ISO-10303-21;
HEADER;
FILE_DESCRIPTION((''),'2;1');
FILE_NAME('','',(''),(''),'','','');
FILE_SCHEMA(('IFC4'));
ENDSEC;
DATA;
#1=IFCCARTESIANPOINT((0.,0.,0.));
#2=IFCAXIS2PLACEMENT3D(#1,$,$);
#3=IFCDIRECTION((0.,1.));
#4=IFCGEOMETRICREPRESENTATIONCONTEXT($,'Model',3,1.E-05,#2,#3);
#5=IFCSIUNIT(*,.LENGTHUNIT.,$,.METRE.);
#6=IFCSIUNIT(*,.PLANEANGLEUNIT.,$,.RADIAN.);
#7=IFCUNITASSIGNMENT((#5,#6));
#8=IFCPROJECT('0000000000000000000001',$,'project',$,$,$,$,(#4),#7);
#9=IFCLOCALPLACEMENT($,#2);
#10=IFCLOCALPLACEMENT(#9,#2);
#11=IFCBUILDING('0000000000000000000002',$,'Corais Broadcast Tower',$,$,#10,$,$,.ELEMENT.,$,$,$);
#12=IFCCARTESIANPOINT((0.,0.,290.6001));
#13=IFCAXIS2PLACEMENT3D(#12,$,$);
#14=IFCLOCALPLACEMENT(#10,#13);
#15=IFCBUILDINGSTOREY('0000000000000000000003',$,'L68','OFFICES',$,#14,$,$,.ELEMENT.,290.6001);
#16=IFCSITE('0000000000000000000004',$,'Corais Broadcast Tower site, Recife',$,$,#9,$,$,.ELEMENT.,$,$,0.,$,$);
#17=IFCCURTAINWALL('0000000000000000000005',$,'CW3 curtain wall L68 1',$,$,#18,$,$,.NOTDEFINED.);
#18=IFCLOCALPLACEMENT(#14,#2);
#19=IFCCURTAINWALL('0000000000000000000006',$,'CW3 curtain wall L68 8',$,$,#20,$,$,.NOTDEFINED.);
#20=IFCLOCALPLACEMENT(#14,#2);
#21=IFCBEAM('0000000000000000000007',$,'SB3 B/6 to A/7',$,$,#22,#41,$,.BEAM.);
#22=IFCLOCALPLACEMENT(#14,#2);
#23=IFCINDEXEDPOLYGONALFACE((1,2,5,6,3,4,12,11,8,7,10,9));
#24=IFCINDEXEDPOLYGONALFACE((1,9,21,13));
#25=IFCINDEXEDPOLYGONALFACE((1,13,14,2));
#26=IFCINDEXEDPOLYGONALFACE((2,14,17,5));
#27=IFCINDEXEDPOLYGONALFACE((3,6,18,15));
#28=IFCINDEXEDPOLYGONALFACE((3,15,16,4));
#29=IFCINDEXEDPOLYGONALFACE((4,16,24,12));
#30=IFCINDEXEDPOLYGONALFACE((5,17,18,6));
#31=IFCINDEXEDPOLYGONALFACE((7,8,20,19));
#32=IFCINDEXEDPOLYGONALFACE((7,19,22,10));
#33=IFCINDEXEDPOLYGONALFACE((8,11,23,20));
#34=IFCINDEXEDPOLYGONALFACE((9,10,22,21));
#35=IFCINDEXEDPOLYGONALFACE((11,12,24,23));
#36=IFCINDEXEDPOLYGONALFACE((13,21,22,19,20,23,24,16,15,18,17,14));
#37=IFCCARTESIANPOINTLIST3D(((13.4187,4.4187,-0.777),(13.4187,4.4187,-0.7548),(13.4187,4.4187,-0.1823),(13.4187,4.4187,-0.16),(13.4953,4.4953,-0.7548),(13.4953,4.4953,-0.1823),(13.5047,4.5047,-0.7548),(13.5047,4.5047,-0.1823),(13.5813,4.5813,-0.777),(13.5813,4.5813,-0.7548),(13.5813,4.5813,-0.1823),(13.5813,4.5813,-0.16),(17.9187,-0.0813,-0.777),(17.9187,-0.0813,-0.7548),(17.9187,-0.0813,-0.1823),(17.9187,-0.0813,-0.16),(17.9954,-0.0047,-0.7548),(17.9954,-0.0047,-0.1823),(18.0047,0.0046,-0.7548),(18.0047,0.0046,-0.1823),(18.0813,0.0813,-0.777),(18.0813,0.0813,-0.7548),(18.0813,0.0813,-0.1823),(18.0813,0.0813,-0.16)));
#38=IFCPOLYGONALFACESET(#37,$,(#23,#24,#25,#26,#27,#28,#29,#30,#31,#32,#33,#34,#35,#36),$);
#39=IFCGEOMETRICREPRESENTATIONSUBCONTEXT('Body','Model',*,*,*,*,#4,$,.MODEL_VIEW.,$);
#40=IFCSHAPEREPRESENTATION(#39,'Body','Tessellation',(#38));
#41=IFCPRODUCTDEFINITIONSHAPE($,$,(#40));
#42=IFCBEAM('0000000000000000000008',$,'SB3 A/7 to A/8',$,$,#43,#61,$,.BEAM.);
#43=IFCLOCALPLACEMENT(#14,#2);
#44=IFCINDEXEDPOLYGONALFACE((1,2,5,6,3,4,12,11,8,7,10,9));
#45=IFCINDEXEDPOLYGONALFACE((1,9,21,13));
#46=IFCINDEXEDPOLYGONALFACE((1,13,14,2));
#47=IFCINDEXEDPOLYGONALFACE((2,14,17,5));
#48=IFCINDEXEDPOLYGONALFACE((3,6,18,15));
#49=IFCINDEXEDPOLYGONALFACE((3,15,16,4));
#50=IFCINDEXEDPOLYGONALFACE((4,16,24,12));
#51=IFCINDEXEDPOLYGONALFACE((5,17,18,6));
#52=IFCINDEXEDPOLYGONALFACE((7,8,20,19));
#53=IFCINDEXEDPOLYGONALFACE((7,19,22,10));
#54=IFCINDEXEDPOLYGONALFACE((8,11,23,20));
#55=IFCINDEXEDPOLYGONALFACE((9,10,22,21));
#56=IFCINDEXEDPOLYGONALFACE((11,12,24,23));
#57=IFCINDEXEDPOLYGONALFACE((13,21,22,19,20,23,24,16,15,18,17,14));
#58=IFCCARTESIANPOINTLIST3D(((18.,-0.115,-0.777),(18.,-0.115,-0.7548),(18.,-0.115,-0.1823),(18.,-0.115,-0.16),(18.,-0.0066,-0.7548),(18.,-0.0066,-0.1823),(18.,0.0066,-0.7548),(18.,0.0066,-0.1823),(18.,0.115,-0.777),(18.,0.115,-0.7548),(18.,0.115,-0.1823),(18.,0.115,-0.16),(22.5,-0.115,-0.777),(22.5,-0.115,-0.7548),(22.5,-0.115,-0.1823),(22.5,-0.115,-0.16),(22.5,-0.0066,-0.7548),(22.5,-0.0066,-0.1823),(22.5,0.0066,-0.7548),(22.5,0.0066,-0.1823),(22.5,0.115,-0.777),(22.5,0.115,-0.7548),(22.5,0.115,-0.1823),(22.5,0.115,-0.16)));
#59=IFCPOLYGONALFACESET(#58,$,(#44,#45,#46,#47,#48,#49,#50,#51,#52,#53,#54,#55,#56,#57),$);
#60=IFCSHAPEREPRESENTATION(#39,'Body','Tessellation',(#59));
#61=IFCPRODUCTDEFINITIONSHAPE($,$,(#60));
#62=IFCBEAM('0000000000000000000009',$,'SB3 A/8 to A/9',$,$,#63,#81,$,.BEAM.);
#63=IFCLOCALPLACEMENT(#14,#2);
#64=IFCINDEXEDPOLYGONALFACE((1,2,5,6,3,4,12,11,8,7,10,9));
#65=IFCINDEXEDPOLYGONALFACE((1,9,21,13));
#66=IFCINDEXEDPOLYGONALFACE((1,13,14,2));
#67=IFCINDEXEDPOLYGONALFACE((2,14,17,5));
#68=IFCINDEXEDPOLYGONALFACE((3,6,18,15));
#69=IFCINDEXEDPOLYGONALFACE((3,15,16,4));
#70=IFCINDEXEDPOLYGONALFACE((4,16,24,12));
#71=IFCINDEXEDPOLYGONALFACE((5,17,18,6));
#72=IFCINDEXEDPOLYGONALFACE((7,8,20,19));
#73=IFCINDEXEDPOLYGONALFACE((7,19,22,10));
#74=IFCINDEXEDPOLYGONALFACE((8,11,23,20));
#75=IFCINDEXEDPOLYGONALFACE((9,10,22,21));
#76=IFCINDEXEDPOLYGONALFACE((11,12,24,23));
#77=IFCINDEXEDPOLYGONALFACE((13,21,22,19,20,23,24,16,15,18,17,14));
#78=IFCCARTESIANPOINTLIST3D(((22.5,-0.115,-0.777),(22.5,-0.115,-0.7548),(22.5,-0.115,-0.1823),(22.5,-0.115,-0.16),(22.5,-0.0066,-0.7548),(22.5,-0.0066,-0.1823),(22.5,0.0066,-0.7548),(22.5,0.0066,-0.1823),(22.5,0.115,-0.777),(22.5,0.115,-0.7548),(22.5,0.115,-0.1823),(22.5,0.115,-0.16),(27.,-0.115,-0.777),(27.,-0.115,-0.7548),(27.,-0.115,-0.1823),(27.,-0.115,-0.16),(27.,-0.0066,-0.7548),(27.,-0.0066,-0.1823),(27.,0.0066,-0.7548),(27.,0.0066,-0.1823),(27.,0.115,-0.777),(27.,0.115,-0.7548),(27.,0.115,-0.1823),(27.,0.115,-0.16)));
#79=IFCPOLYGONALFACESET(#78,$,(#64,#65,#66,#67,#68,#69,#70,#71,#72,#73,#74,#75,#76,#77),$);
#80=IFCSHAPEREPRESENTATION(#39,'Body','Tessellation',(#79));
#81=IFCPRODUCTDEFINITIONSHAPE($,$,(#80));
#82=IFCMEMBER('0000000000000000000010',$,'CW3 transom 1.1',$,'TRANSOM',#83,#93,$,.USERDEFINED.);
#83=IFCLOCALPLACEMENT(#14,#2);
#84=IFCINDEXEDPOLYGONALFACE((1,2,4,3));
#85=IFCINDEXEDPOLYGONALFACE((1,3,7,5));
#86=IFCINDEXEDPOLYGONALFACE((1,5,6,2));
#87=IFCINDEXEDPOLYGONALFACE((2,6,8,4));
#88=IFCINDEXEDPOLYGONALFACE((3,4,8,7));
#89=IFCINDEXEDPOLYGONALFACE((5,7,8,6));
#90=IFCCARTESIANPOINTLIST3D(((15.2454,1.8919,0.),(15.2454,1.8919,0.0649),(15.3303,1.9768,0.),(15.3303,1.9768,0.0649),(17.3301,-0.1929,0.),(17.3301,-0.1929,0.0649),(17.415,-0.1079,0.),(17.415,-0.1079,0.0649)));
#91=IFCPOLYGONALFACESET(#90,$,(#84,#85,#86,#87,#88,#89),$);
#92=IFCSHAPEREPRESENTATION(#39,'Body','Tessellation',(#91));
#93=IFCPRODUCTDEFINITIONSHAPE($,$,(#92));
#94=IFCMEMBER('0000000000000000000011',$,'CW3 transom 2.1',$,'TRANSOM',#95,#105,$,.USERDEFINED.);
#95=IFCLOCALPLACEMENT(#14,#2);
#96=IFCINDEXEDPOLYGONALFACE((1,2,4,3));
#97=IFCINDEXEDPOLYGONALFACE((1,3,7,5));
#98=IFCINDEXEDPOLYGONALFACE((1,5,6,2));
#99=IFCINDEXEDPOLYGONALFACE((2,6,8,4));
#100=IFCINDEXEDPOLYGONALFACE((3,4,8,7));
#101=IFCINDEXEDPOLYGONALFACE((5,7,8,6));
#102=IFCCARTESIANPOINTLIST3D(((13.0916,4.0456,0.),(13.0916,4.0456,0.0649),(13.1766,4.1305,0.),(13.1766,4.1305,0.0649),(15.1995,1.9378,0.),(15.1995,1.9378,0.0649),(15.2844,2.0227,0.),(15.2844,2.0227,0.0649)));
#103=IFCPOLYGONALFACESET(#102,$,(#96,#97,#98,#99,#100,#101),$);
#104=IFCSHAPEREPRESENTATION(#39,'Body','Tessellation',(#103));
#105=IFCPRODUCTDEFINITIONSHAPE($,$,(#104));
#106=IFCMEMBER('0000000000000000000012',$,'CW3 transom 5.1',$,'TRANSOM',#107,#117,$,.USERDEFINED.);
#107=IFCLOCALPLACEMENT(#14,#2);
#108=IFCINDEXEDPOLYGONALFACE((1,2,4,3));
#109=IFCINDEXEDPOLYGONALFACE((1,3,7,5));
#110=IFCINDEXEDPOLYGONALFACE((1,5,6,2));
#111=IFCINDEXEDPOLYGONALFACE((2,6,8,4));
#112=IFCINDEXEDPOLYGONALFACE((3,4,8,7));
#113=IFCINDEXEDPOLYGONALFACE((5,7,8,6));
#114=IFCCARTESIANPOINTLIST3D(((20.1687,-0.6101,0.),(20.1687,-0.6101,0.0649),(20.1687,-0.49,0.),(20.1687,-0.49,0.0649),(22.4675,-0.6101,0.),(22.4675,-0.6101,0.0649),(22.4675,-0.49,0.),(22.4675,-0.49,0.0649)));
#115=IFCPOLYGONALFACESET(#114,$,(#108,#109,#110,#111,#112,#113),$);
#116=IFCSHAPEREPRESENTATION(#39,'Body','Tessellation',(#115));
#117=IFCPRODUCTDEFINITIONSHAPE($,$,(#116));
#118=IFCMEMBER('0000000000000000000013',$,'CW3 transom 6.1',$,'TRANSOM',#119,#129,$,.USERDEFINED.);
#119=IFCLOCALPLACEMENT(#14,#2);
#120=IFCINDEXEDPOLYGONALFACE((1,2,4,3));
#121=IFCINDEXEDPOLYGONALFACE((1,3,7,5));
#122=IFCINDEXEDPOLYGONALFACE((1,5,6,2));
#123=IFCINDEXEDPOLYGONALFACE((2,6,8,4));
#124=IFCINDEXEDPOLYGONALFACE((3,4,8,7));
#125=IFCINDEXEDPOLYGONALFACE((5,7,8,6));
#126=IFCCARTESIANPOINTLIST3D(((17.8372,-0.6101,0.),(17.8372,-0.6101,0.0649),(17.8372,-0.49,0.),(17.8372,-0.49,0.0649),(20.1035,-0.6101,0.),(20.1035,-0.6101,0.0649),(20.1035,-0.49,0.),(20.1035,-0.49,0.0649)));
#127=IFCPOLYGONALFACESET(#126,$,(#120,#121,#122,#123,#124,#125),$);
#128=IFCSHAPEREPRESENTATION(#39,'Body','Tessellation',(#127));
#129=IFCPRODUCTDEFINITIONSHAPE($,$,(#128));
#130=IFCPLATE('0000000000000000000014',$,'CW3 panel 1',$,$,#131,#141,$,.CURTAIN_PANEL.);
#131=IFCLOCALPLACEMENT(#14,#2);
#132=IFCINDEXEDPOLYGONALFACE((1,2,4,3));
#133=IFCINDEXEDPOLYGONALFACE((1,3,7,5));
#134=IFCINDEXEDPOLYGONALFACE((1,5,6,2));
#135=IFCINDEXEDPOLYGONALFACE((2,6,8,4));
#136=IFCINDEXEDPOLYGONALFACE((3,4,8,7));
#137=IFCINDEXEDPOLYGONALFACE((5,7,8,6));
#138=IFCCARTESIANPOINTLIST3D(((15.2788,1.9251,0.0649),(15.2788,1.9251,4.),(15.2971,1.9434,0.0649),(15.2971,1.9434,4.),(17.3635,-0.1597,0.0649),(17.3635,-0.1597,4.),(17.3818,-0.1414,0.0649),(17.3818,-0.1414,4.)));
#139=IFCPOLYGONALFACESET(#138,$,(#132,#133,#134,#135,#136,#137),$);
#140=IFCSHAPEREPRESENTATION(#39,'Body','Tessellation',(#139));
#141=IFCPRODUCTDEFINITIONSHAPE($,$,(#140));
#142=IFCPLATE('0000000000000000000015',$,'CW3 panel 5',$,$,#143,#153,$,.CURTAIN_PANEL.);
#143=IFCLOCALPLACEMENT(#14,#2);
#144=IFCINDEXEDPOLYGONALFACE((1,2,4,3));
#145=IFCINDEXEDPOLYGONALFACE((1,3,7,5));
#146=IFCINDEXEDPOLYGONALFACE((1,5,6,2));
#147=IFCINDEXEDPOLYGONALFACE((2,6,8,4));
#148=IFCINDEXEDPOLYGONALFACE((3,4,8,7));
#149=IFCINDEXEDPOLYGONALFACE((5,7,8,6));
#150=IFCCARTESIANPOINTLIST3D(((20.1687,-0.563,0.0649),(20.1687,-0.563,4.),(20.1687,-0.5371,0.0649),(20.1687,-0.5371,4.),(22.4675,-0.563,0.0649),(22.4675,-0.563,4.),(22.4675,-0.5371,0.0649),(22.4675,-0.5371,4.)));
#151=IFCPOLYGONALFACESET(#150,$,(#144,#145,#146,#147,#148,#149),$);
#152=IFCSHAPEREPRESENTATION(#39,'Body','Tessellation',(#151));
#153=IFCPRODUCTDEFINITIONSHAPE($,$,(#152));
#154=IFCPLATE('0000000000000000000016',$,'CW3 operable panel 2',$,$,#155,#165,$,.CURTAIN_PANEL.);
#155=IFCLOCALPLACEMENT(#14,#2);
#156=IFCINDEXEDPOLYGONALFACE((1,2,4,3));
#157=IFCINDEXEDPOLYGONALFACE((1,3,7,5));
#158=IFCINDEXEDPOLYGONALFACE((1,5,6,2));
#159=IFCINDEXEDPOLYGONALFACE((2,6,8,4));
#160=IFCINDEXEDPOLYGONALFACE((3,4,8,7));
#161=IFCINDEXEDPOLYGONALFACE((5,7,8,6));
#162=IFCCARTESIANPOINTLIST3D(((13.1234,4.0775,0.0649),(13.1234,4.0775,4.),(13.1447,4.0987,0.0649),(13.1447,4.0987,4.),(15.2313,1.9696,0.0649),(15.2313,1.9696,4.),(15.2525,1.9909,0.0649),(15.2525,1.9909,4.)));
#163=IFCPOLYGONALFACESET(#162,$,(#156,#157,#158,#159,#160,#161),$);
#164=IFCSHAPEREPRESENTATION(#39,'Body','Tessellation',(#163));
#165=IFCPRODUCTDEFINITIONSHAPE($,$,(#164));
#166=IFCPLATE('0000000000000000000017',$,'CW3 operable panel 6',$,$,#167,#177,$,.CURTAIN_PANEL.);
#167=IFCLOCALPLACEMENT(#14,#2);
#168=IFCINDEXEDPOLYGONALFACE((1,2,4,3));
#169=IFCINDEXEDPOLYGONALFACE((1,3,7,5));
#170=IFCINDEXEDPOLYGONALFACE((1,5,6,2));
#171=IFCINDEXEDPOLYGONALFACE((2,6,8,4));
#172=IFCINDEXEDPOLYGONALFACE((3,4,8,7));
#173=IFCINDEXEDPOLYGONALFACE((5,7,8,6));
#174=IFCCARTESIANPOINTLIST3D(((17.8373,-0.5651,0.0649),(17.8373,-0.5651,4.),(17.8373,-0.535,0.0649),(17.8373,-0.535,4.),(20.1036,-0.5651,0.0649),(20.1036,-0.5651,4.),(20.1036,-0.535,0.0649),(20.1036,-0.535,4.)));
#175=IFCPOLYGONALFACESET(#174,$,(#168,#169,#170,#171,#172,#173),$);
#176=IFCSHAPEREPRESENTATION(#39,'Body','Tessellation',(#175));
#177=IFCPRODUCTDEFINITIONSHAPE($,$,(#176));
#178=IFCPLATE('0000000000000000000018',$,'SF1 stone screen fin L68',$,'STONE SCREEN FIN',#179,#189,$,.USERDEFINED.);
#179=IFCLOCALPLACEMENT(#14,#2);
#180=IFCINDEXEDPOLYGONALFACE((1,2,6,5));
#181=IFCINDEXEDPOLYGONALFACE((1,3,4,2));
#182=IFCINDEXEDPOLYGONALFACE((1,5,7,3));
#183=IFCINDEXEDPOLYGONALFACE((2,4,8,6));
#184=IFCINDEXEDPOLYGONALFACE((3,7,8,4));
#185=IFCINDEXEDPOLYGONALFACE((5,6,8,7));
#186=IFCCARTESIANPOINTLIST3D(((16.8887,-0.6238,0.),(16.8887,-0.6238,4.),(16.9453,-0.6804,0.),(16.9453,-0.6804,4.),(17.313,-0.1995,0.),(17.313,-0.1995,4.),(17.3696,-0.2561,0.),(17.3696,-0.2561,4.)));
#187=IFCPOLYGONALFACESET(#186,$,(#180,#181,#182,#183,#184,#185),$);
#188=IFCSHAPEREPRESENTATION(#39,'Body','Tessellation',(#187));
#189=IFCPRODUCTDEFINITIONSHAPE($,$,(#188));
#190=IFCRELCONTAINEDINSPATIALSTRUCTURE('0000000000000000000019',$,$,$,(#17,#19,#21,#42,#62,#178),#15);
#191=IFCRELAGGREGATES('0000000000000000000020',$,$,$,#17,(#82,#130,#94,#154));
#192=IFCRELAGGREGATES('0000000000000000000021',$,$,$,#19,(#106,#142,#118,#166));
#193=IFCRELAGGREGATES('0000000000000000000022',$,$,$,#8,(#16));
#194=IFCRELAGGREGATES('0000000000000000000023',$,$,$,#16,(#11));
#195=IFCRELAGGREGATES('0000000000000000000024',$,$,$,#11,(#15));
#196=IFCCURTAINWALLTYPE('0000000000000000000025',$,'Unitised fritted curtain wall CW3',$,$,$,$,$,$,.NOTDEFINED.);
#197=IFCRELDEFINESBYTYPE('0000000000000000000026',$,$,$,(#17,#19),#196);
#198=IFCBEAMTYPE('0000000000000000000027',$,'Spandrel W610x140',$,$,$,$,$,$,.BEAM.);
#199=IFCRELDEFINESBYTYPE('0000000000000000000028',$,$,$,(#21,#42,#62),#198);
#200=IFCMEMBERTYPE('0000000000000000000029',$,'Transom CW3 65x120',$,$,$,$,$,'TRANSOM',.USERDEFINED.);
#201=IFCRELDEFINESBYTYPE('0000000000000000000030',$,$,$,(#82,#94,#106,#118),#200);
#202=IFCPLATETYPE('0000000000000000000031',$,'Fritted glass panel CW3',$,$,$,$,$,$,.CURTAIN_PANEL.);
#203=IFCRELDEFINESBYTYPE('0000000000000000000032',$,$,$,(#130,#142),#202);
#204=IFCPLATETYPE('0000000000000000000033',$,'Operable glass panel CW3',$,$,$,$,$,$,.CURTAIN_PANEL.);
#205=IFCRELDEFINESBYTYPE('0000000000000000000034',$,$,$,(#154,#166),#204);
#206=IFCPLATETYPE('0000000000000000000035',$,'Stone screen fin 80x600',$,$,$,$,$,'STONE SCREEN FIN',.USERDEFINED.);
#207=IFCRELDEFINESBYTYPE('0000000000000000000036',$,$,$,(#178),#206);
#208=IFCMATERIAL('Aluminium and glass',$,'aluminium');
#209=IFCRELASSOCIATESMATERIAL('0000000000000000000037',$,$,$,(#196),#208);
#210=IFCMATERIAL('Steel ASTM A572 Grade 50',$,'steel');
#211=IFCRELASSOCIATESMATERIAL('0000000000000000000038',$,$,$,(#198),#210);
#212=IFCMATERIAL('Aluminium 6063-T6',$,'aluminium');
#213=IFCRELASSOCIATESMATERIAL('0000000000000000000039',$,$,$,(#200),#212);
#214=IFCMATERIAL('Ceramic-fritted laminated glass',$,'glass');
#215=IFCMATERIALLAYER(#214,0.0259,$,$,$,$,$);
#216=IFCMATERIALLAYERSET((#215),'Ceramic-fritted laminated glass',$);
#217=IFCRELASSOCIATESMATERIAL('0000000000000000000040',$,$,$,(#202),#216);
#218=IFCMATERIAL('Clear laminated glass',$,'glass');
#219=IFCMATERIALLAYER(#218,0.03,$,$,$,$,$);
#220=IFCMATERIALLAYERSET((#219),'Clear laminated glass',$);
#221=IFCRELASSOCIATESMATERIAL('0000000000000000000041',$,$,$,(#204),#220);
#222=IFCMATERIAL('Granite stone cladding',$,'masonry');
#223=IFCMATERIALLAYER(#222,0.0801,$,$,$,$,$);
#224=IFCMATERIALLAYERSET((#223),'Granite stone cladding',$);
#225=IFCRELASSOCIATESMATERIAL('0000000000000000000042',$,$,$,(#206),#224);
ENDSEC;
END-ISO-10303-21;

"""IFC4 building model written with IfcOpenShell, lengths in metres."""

from ifc_helpers import new_model, si_unit, direction, frame, origin, origin_2d, place, context, subcontext, project, spatial, rectangle, i_section, extrude, material, layer, layer_set, material_profile, profile_set, type_object, element, aggregate, save


model = new_model("IFC4")

# Units and contexts
model_context = context("Model", 3, precision=1e-05, world=origin(), true_north=direction((0.0, 1.0)))
body_context = subcontext(model_context, "Body", "Model", "MODEL_VIEW")
ifc_project = project(units=[si_unit("LENGTHUNIT", "METRE"), si_unit("PLANEANGLEUNIT", "RADIAN")], contexts=[model_context])

# Site, building, storey
site_placement = place(None, origin())
site = spatial("IfcSite", under=ifc_project, at=site_placement, Name="Corais Broadcast Tower site, Recife", CompositionType="ELEMENT", RefElevation=0.0)
building_placement = place(site_placement, origin())
building = spatial("IfcBuilding", under=site, at=building_placement, Name="Corais Broadcast Tower", CompositionType="ELEMENT")
storey_placement = place(building_placement, frame((0.0, 0.0, 290.6001)))
storey = spatial("IfcBuildingStorey", under=building, at=storey_placement, Name="L68", Description="OFFICES", CompositionType="ELEMENT", Elevation=290.6001)

# Curtain walls
ifc_material_1 = material(Name="Aluminium and glass", Category="aluminium")
curtain_wall_type = type_object("IfcCurtainWallType", Name="Unitised fritted curtain wall CW3", PredefinedType="NOTDEFINED", material=ifc_material_1)
curtain_wall_1_placement = place(storey_placement, origin())
curtain_wall_1 = element("IfcCurtainWall", 1, at=curtain_wall_1_placement, inside=storey, type_object=curtain_wall_type, Name="CW3 curtain wall L68 1", PredefinedType="NOTDEFINED")
curtain_wall_2_placement = place(storey_placement, origin())
curtain_wall_2 = element("IfcCurtainWall", 2, at=curtain_wall_2_placement, inside=storey, type_object=curtain_wall_type, Name="CW3 curtain wall L68 8", PredefinedType="NOTDEFINED")

# Beams
ifc_material_2 = material(Name="Steel ASTM A572 Grade 50", Category="steel")
ifc_material_profile_1 = material_profile(ifc_material_2, i_section(OverallWidth=0.23, OverallDepth=0.6169, WebThickness=0.0132, FlangeThickness=0.0222, at=origin_2d()), Name="W610x140")
ifc_profile_set_1 = profile_set([ifc_material_profile_1], Name="Steel ASTM A572 Grade 50")
beam_type_1 = type_object("IfcBeamType", Name="Spandrel W610x140", PredefinedType="BEAM", material=ifc_profile_set_1)
beam_1_placement = place(storey_placement, frame((13.5, 4.5, -0.4685), z_axis=(0.707107, -0.707107, 0.0), x_axis=(0.707107, 0.707107, 0.0)))
element("IfcBeam", 3, at=beam_1_placement, inside=storey, type_object=beam_type_1, Name="SB3 B/6 to A/7", PredefinedType="BEAM", context=body_context, shape_type="SweptSolid", body=[
    extrude(i_section(OverallWidth=0.23, OverallDepth=0.6169, WebThickness=0.0132, FlangeThickness=0.0222, at=origin_2d()), origin(), (0.0, 0.0, 1.0), 6.364),
])
for number, where, z_axis, x_axis, name in (
    (4, (18.0, 0.0, -0.4685), (1.0, 0.0, 0.0), (0.0, 1.0, 0.0), "SB3 A/7 to A/8"),
    (5, (22.5, 0.0, -0.4685), (1.0, 0.0, 0.0), (0.0, 1.0, 0.0), "SB3 A/8 to A/9"),
):
    element("IfcBeam", number, at=place(storey_placement, frame(where, z_axis=z_axis, x_axis=x_axis)), inside=storey, type_object=beam_type_1, Name=name, PredefinedType="BEAM", context=body_context, shape_type="SweptSolid", body=[
        extrude(i_section(OverallWidth=0.23, OverallDepth=0.6169, WebThickness=0.0132, FlangeThickness=0.0222, at=origin_2d()), origin(), (0.0, 0.0, 1.0), 4.5),
    ])

# Members
ifc_material_3 = material(Name="Aluminium 6063-T6", Category="aluminium")
ifc_material_profile_2 = material_profile(ifc_material_3, rectangle(XDim=0.1201, YDim=0.0649, at=origin_2d()), Name="Transom CW3 65x120")
ifc_profile_set_2 = profile_set([ifc_material_profile_2], Name="Aluminium 6063-T6")
member_type_1 = type_object("IfcMemberType", Name="Transom CW3 65x120", ElementType="TRANSOM", PredefinedType="USERDEFINED", material=ifc_profile_set_2)
member_1_placement = place(storey_placement, frame((17.3726, -0.1504, 0.0325), z_axis=(-0.707107, 0.707107, 0.0), x_axis=(-0.707107, -0.707107, 0.0)))
member_1 = element("IfcMember", 6, at=member_1_placement, type_object=member_type_1, Name="CW3 transom 1.1", ObjectType="TRANSOM", PredefinedType="USERDEFINED", context=body_context, shape_type="SweptSolid", body=[
    extrude(rectangle(XDim=0.1201, YDim=0.0649, at=origin_2d()), origin(), (0.0, 0.0, 1.0), 2.9482),
])
member_2_placement = place(storey_placement, frame((15.2419, 1.9802, 0.0325), z_axis=(-0.707107, 0.707107, 0.0), x_axis=(-0.707107, -0.707107, 0.0)))
member_2 = element("IfcMember", 7, at=member_2_placement, type_object=member_type_1, Name="CW3 transom 2.1", ObjectType="TRANSOM", PredefinedType="USERDEFINED", context=body_context, shape_type="SweptSolid", body=[
    extrude(rectangle(XDim=0.1201, YDim=0.0649, at=origin_2d()), origin(), (0.0, 0.0, 1.0), 2.981),
])
member_3_placement = place(storey_placement, frame((22.4675, -0.55, 0.0325), z_axis=(-1.0, 0.0, 0.0), x_axis=(0.0, -1.0, 0.0)))
member_3 = element("IfcMember", 8, at=member_3_placement, type_object=member_type_1, Name="CW3 transom 5.1", ObjectType="TRANSOM", PredefinedType="USERDEFINED", context=body_context, shape_type="SweptSolid", body=[
    extrude(rectangle(XDim=0.1201, YDim=0.0649, at=origin_2d()), origin(), (0.0, 0.0, 1.0), 2.2988),
])
member_4_placement = place(storey_placement, frame((20.1035, -0.55, 0.0325), z_axis=(-1.0, 0.0, 0.0), x_axis=(0.0, -1.0, 0.0)))
member_4 = element("IfcMember", 9, at=member_4_placement, type_object=member_type_1, Name="CW3 transom 6.1", ObjectType="TRANSOM", PredefinedType="USERDEFINED", context=body_context, shape_type="SweptSolid", body=[
    extrude(rectangle(XDim=0.1201, YDim=0.0649, at=origin_2d()), origin(), (0.0, 0.0, 1.0), 2.2664),
])

# Plates
ifc_material_4 = material(Name="Ceramic-fritted laminated glass", Category="glass")
ifc_layer_1 = layer(ifc_material_4, 0.0259)
ifc_layer_set_1 = layer_set([ifc_layer_1], Name="Ceramic-fritted laminated glass")
plate_type_1 = type_object("IfcPlateType", Name="Fritted glass panel CW3", PredefinedType="CURTAIN_PANEL", material=ifc_layer_set_1)
plate_1_placement = place(storey_placement, frame((16.3303, 0.8918, 0.0649), z_axis=(0.0, 0.0, 1.0), x_axis=(-0.707107, 0.707107, 0.0)))
plate_1 = element("IfcPlate", 10, at=plate_1_placement, type_object=plate_type_1, Name="CW3 panel 1", PredefinedType="CURTAIN_PANEL", context=body_context, shape_type="SweptSolid", body=[
    extrude(rectangle(XDim=2.9482, YDim=0.0259, at=origin_2d()), origin(), (0.0, 0.0, 1.0), 3.9351),
])
plate_2_placement = place(storey_placement, frame((21.3181, -0.55, 0.0649), z_axis=(0.0, 0.0, 1.0), x_axis=(-1.0, 0.0, 0.0)))
plate_2 = element("IfcPlate", 11, at=plate_2_placement, type_object=plate_type_1, Name="CW3 panel 5", PredefinedType="CURTAIN_PANEL", context=body_context, shape_type="SweptSolid", body=[
    extrude(rectangle(XDim=2.2988, YDim=0.0259, at=origin_2d()), origin(), (0.0, 0.0, 1.0), 3.9351),
])
ifc_material_5 = material(Name="Clear laminated glass", Category="glass")
ifc_layer_2 = layer(ifc_material_5, 0.03)
ifc_layer_set_2 = layer_set([ifc_layer_2], Name="Clear laminated glass")
plate_type_2 = type_object("IfcPlateType", Name="Operable glass panel CW3", PredefinedType="CURTAIN_PANEL", material=ifc_layer_set_2)
plate_3_placement = place(storey_placement, frame((14.188, 3.0342, 0.0649), z_axis=(0.0, 0.0, 1.0), x_axis=(-0.707107, 0.707107, 0.0)))
plate_3 = element("IfcPlate", 12, at=plate_3_placement, type_object=plate_type_2, Name="CW3 operable panel 2", PredefinedType="CURTAIN_PANEL", context=body_context, shape_type="SweptSolid", body=[
    extrude(rectangle(XDim=2.981, YDim=0.03, at=origin_2d()), origin(), (0.0, 0.0, 1.0), 3.9351),
])
aggregate(curtain_wall_1, [member_1, plate_1, member_2, plate_3])
plate_4_placement = place(storey_placement, frame((18.9705, -0.55, 0.0649), z_axis=(0.0, 0.0, 1.0), x_axis=(-1.0, 0.0, 0.0)))
plate_4 = element("IfcPlate", 13, at=plate_4_placement, type_object=plate_type_2, Name="CW3 operable panel 6", PredefinedType="CURTAIN_PANEL", context=body_context, shape_type="SweptSolid", body=[
    extrude(rectangle(XDim=2.2664, YDim=0.03, at=origin_2d()), origin(), (0.0, 0.0, 1.0), 3.9351),
])
aggregate(curtain_wall_2, [member_3, plate_2, member_4, plate_4])
ifc_material_6 = material(Name="Granite stone cladding", Category="masonry")
ifc_layer_3 = layer(ifc_material_6, 0.0801)
ifc_layer_set_3 = layer_set([ifc_layer_3], Name="Granite stone cladding")
plate_type_3 = type_object("IfcPlateType", Name="Stone screen fin 80x600", ElementType="STONE SCREEN FIN", PredefinedType="USERDEFINED", material=ifc_layer_set_3)
plate_5_placement = place(storey_placement, frame((17.1292, -0.4399, 0.0), z_axis=(0.0, 0.0, 1.0), x_axis=(-0.707107, 0.707107, 0.0)))
element("IfcPlate", 14, at=plate_5_placement, inside=storey, type_object=plate_type_3, Name="SF1 stone screen fin L68", ObjectType="STONE SCREEN FIN", PredefinedType="USERDEFINED", context=body_context, shape_type="SweptSolid", body=[
    extrude(rectangle(XDim=0.0801, YDim=0.6001, at=origin_2d()), origin(), (0.0, 0.0, 1.0), 4.0),
])

save(model, "model.ifc")
